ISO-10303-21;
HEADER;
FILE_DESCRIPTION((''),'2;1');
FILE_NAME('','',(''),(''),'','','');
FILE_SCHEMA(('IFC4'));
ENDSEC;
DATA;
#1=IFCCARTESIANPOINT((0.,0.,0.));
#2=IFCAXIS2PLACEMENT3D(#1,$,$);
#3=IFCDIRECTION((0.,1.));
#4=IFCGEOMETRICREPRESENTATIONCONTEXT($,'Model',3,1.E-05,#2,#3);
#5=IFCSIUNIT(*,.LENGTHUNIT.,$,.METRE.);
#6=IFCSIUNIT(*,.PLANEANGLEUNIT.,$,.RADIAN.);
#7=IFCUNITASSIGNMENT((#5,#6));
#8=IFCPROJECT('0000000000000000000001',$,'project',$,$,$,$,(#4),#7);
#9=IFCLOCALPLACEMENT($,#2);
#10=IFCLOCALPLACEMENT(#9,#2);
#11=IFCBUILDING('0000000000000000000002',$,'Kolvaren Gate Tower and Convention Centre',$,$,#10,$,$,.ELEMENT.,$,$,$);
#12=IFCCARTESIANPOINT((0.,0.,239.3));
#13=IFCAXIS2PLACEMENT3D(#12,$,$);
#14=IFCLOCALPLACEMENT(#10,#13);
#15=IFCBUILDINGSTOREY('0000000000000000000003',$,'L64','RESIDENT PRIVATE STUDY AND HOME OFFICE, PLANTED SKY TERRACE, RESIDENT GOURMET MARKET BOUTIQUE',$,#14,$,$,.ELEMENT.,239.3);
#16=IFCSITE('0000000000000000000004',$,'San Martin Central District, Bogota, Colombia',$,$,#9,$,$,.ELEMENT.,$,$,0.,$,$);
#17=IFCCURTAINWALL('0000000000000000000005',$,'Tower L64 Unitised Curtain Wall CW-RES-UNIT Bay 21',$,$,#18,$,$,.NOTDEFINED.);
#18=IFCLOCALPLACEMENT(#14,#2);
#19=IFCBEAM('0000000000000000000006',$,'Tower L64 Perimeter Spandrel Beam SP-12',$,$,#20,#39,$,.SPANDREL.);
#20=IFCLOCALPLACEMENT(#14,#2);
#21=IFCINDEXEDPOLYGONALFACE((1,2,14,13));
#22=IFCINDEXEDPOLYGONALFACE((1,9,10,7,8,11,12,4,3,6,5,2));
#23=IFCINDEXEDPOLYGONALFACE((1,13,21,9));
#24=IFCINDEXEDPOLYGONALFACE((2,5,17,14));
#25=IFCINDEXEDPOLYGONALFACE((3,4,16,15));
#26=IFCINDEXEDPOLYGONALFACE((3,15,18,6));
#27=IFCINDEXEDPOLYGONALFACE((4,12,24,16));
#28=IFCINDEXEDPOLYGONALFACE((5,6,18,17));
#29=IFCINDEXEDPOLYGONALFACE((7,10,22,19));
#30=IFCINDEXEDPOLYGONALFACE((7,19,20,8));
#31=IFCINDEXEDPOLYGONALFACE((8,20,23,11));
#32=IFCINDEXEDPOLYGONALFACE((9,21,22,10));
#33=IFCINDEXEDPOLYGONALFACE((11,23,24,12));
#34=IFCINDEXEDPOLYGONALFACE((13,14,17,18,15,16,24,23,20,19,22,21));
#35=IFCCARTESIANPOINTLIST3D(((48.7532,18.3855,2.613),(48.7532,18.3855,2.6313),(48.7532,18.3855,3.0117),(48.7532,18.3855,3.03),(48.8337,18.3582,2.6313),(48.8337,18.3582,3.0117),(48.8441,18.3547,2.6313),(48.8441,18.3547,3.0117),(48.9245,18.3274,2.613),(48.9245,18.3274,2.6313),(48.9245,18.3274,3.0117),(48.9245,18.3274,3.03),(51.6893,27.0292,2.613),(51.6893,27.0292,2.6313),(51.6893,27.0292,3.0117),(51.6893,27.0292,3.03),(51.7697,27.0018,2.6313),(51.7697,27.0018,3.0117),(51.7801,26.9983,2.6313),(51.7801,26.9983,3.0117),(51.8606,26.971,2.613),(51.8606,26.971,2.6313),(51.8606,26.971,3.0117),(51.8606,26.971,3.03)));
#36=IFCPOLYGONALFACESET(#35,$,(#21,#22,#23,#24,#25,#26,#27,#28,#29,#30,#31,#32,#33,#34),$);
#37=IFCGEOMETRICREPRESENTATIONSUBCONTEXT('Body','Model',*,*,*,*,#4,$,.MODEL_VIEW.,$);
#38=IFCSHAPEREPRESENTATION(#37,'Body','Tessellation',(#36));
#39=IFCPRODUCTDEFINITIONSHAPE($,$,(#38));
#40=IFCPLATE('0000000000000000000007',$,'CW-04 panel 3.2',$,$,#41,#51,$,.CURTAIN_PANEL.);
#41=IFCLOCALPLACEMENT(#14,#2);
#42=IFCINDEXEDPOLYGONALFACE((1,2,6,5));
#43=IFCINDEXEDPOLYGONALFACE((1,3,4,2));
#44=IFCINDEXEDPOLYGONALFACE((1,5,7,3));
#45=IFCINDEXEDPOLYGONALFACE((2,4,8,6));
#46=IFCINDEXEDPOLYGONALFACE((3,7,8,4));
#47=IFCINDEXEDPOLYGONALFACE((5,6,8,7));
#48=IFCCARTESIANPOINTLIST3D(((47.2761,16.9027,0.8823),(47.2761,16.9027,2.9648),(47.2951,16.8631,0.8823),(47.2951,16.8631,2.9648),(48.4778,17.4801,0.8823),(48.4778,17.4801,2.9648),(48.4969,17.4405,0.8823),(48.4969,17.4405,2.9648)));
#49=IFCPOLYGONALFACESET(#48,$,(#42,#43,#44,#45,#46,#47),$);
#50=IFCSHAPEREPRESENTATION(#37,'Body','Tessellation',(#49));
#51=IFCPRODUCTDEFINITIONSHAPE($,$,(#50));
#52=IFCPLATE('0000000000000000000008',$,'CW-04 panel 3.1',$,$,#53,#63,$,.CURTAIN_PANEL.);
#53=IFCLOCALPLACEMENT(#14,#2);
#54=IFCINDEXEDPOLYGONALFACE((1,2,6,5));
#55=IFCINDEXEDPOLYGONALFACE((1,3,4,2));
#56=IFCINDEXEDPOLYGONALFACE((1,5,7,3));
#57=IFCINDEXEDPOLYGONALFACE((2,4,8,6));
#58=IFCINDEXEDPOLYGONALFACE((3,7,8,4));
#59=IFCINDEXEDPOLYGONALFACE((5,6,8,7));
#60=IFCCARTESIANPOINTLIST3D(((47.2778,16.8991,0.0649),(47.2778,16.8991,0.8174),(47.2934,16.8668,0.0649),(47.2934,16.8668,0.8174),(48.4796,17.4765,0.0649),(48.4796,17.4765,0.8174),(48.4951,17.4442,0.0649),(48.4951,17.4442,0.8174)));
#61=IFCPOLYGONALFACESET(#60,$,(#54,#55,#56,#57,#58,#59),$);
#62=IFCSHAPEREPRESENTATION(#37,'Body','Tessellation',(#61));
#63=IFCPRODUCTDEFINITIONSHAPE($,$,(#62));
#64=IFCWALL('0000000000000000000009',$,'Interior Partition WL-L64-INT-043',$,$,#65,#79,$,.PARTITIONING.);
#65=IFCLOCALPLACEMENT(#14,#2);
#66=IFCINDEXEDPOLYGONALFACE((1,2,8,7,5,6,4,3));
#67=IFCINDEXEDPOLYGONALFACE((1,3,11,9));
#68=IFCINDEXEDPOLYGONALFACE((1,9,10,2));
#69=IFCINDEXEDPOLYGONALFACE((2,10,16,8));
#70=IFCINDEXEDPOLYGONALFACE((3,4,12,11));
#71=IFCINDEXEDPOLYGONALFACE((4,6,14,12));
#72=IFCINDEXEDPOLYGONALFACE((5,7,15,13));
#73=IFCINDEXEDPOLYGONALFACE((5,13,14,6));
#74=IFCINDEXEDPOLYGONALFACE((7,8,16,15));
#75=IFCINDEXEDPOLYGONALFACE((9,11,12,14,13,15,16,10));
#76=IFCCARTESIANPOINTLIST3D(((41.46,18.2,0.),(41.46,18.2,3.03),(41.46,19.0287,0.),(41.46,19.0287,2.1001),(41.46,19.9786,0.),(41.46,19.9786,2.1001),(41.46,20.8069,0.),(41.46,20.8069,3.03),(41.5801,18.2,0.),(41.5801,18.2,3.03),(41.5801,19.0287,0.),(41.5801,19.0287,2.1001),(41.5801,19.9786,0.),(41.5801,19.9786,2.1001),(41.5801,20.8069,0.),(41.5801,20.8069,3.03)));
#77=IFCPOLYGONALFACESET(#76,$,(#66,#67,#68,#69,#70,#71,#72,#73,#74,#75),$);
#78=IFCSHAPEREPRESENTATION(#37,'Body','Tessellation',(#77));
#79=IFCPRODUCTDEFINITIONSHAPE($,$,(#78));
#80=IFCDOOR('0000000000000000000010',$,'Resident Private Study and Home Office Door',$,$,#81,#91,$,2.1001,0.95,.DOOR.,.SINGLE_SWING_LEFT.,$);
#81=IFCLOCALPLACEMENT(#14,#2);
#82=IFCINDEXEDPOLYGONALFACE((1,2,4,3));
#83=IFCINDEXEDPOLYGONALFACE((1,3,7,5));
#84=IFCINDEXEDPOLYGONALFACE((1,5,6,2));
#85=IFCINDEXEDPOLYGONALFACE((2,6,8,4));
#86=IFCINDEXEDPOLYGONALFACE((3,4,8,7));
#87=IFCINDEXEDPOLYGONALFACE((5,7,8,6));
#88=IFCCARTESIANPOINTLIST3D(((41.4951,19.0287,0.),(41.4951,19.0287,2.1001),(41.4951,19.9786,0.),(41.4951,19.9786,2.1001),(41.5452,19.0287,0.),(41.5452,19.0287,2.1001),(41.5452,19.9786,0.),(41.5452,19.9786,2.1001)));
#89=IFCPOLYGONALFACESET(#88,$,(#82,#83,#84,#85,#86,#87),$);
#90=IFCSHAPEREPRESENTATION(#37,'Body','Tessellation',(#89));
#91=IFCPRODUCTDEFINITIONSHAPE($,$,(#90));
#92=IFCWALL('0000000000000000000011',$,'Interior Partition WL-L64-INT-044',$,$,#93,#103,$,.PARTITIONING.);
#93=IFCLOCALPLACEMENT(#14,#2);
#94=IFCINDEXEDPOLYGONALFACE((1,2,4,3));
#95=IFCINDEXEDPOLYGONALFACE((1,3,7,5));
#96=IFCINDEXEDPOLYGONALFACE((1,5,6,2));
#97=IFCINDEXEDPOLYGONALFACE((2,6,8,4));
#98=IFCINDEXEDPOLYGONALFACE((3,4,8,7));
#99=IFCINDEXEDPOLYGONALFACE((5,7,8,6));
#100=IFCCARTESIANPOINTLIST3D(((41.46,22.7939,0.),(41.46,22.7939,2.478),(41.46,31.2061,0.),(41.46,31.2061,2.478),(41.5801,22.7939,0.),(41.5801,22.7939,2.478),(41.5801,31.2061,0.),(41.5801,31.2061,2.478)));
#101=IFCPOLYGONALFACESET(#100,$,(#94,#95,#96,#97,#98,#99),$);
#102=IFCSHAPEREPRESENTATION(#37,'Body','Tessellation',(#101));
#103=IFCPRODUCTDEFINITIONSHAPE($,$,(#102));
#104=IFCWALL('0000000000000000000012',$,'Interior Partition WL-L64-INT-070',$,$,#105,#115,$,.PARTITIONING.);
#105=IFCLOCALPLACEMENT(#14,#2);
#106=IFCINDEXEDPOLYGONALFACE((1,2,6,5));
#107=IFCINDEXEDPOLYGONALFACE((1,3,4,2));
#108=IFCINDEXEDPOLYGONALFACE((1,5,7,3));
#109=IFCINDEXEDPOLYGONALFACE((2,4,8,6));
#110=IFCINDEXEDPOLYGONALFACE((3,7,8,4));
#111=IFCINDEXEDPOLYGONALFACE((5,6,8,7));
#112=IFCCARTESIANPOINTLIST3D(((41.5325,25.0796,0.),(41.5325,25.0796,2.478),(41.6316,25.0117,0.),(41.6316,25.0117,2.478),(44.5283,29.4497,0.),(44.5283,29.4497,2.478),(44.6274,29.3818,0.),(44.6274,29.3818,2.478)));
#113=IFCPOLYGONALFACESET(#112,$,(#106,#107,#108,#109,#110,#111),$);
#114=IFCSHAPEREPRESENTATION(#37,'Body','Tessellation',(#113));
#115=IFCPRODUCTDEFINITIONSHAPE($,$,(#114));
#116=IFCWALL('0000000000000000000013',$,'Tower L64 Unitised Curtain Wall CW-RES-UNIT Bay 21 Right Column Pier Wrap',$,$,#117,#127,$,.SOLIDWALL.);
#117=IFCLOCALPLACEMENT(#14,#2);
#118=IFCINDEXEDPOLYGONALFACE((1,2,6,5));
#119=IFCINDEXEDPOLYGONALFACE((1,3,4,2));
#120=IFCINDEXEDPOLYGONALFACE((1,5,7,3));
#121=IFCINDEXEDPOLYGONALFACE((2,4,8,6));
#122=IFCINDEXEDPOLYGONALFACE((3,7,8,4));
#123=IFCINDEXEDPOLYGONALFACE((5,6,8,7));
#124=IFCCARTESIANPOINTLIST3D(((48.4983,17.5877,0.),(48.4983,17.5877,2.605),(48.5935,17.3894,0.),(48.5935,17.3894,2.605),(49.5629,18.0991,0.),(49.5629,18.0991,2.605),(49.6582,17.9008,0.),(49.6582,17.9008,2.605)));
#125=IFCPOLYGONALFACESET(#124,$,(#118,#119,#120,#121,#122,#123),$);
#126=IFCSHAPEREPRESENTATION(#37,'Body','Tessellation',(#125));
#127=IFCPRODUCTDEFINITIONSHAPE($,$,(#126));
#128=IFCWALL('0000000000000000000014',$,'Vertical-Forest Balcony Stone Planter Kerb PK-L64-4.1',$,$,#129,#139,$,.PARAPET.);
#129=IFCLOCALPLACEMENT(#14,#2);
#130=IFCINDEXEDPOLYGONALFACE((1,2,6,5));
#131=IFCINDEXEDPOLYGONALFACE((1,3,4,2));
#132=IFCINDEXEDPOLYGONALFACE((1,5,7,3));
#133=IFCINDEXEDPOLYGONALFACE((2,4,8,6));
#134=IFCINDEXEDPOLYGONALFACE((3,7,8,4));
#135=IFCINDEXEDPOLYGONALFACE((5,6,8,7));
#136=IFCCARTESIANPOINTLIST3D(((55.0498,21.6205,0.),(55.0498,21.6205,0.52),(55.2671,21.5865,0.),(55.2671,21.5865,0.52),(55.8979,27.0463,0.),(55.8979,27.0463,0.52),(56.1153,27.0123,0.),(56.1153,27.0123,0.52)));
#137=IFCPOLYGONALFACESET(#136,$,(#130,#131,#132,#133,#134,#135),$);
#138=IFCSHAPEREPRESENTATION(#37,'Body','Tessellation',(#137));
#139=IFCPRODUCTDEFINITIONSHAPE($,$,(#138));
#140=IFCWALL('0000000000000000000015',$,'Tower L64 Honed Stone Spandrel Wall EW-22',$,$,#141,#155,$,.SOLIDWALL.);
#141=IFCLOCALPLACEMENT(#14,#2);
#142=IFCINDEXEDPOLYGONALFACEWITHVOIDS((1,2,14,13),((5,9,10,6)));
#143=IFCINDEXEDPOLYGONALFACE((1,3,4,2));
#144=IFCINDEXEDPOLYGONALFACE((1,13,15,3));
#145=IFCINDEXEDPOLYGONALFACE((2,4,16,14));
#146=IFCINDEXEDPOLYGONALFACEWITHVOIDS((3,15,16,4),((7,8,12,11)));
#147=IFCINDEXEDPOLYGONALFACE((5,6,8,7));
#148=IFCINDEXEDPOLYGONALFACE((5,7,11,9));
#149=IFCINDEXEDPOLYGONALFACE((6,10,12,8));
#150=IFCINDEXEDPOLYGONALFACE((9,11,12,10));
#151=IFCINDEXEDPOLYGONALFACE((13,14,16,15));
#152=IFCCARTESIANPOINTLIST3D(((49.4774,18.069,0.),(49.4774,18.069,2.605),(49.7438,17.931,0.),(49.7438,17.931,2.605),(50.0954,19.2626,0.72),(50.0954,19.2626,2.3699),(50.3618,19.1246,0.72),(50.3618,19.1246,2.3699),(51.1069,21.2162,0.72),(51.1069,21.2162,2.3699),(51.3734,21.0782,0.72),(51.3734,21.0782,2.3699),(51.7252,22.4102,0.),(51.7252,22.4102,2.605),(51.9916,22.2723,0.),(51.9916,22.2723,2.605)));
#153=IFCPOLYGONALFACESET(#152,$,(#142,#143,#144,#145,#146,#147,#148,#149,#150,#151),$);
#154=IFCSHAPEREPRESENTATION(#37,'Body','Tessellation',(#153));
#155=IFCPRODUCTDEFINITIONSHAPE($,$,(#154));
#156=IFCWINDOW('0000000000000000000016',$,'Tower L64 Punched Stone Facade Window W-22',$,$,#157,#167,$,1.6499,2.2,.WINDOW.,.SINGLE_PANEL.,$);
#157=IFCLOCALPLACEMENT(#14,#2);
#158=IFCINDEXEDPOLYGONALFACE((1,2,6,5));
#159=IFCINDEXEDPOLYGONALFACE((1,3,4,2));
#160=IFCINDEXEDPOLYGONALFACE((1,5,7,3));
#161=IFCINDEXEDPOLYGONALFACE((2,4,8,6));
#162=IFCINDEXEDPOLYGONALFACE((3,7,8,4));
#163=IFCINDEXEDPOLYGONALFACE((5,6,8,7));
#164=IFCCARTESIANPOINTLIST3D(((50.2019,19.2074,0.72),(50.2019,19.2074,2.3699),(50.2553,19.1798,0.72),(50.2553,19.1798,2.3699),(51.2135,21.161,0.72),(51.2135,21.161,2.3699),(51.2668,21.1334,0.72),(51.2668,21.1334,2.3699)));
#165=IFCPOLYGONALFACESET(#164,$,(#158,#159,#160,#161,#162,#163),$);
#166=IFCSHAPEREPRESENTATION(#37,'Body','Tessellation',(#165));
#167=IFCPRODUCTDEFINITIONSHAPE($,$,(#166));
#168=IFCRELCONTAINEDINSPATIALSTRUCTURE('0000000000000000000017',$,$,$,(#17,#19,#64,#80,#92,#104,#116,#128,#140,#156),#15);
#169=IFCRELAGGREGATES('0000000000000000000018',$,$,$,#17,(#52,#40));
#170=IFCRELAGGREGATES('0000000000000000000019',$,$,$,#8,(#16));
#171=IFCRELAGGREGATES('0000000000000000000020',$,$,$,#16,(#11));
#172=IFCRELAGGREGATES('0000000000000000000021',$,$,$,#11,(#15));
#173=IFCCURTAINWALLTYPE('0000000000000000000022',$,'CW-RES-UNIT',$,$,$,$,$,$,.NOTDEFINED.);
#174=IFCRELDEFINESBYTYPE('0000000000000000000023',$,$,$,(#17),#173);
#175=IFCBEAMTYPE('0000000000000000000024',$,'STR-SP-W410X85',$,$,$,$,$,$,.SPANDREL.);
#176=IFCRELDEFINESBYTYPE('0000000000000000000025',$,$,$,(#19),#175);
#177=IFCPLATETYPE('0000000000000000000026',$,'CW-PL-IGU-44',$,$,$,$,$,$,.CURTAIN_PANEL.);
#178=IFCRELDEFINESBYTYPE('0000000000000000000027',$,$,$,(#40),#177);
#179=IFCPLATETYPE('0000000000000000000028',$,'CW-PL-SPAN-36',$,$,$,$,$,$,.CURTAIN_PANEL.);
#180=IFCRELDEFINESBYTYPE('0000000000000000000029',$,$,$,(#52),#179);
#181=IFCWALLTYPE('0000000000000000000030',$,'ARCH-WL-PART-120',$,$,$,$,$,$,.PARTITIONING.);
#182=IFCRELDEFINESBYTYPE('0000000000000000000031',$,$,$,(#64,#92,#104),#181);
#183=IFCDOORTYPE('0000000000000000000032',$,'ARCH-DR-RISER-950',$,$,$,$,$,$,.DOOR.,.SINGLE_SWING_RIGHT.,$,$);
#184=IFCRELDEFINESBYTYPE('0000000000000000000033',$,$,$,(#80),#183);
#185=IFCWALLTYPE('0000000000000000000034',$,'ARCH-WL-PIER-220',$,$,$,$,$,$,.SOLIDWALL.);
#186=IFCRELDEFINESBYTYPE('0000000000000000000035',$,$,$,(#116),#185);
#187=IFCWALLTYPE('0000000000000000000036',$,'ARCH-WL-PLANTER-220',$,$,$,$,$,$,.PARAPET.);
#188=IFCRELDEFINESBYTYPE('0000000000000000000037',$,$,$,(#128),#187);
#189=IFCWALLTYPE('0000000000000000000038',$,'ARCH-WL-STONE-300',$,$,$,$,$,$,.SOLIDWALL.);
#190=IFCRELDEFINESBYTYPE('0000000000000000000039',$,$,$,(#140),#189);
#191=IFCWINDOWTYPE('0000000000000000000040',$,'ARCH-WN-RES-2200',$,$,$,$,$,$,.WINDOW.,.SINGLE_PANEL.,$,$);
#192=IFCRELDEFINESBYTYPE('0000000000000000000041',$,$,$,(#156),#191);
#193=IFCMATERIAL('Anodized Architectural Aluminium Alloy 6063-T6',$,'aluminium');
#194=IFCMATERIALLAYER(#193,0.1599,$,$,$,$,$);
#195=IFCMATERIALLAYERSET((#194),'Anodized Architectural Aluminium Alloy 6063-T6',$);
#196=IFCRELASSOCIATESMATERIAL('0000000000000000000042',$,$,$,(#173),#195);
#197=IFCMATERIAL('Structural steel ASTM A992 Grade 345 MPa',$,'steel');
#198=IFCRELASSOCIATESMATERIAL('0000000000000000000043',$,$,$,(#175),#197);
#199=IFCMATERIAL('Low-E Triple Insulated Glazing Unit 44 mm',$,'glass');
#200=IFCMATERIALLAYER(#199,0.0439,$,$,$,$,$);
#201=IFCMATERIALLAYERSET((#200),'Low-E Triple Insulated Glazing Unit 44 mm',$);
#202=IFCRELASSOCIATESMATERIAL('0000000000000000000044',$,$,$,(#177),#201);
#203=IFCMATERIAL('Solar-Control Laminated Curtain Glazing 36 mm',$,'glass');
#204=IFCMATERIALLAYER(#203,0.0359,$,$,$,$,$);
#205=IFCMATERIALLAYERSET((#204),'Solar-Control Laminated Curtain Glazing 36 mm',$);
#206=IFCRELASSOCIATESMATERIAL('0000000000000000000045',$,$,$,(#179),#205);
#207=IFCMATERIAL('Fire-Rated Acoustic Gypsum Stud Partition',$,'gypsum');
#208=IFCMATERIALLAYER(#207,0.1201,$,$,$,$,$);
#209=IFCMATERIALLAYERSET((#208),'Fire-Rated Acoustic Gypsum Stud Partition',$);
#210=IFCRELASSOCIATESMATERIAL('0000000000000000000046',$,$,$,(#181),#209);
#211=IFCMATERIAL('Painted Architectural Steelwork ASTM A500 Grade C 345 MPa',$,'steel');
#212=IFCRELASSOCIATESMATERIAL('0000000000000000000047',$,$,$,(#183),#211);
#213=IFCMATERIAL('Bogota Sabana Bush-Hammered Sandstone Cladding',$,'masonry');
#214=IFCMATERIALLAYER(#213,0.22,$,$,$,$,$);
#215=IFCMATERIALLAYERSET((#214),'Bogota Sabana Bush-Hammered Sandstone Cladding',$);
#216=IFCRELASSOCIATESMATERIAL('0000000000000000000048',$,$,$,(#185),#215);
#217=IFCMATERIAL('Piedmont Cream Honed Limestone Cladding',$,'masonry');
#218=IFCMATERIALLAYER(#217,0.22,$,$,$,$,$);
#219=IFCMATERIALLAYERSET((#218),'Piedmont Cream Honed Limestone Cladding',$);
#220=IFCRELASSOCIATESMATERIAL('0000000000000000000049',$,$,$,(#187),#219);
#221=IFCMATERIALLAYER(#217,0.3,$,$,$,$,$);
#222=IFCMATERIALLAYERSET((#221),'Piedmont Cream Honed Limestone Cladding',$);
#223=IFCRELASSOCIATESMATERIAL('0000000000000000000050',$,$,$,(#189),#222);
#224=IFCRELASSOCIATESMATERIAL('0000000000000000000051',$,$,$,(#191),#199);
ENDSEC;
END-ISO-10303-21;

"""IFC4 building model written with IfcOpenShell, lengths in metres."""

from ifc_helpers import new_model, si_unit, direction, frame, frame_2d, origin, origin_2d, place, context, subcontext, project, spatial, rectangle, i_section, extrude, material, layer, layer_set, material_profile, profile_set, type_object, element, fill, aggregate, save


model = new_model("IFC4")

# Units and contexts
model_context = context("Model", 3, precision=1e-05, world=origin(), true_north=direction((0.0, 1.0)))
body_context = subcontext(model_context, "Body", "Model", "MODEL_VIEW")
ifc_project = project(units=[si_unit("LENGTHUNIT", "METRE"), si_unit("PLANEANGLEUNIT", "RADIAN")], contexts=[model_context])

# Site, building, storey
site_placement = place(None, origin())
site = spatial("IfcSite", under=ifc_project, at=site_placement, Name="San Martin Central District, Bogota, Colombia", CompositionType="ELEMENT", RefElevation=0.0)
building_placement = place(site_placement, origin())
building = spatial("IfcBuilding", under=site, at=building_placement, Name="Kolvaren Gate Tower and Convention Centre", CompositionType="ELEMENT")
storey_placement = place(building_placement, frame((0.0, 0.0, 239.3)))
storey = spatial("IfcBuildingStorey", under=building, at=storey_placement, Name="L64", Description="RESIDENT PRIVATE STUDY AND HOME OFFICE, PLANTED SKY TERRACE, RESIDENT GOURMET MARKET BOUTIQUE", CompositionType="ELEMENT", Elevation=239.3)

# Curtain wall
ifc_material_1 = material(Name="Anodized Architectural Aluminium Alloy 6063-T6", Category="aluminium")
ifc_layer_1 = layer(ifc_material_1, 0.1599)
ifc_layer_set_1 = layer_set([ifc_layer_1], Name="Anodized Architectural Aluminium Alloy 6063-T6")
curtain_wall_type = type_object("IfcCurtainWallType", Name="CW-RES-UNIT", PredefinedType="NOTDEFINED", material=ifc_layer_set_1)
curtain_wall_placement = place(storey_placement, origin())
curtain_wall = element("IfcCurtainWall", 1, at=curtain_wall_placement, inside=storey, type_object=curtain_wall_type, Name="Tower L64 Unitised Curtain Wall CW-RES-UNIT Bay 21", PredefinedType="NOTDEFINED")

# Beam
ifc_material_2 = material(Name="Structural steel ASTM A992 Grade 345 MPa", Category="steel")
ifc_material_profile_1 = material_profile(ifc_material_2, i_section(OverallWidth=0.1809, OverallDepth=0.417, WebThickness=0.011, FlangeThickness=0.0183, at=origin_2d()), Name="W410X85")
ifc_profile_set_1 = profile_set([ifc_material_profile_1], Name="Structural steel ASTM A992 Grade 345 MPa")
beam_type_1 = type_object("IfcBeamType", Name="STR-SP-W410X85", PredefinedType="SPANDREL", material=ifc_profile_set_1)
beam_1_placement = place(storey_placement, frame((48.8389, 18.3564, 2.8215), z_axis=(0.32163, 0.946865, 0.0), x_axis=(-0.946865, 0.32163, 0.0)))
element("IfcBeam", 2, at=beam_1_placement, inside=storey, type_object=beam_type_1, Name="Tower L64 Perimeter Spandrel Beam SP-12", PredefinedType="SPANDREL", context=body_context, shape_type="SweptSolid", body=[
    extrude(i_section(OverallWidth=0.1809, OverallDepth=0.417, WebThickness=0.011, FlangeThickness=0.0183, at=origin_2d()), origin(), (0.0, 0.0, 1.0), 9.1287),
])

# Plates
ifc_material_3 = material(Name="Low-E Triple Insulated Glazing Unit 44 mm", Category="glass")
ifc_layer_2 = layer(ifc_material_3, 0.0439)
ifc_layer_set_2 = layer_set([ifc_layer_2], Name="Low-E Triple Insulated Glazing Unit 44 mm")
plate_type_1 = type_object("IfcPlateType", Name="CW-PL-IGU-44", PredefinedType="CURTAIN_PANEL", material=ifc_layer_set_2)
plate_1_placement = place(storey_placement, frame((47.8865, 17.1716, 0.8823), z_axis=(0.0, 0.0, 1.0), x_axis=(0.901353, 0.433086, 0.0)))
plate_1 = element("IfcPlate", 3, at=plate_1_placement, type_object=plate_type_1, Name="CW-04 panel 3.2", PredefinedType="CURTAIN_PANEL", context=body_context, shape_type="SweptSolid", body=[
    extrude(rectangle(XDim=1.3333, YDim=0.0439, at=origin_2d()), origin(), (0.0, 0.0, 1.0), 2.0825),
])
ifc_material_4 = material(Name="Solar-Control Laminated Curtain Glazing 36 mm", Category="glass")
ifc_layer_3 = layer(ifc_material_4, 0.0359)
ifc_layer_set_3 = layer_set([ifc_layer_3], Name="Solar-Control Laminated Curtain Glazing 36 mm")
plate_type_2 = type_object("IfcPlateType", Name="CW-PL-SPAN-36", PredefinedType="CURTAIN_PANEL", material=ifc_layer_set_3)
plate_2_placement = place(storey_placement, frame((47.8865, 17.1716, 0.0649), z_axis=(0.0, 0.0, 1.0), x_axis=(0.901353, 0.433086, 0.0)))
plate_2 = element("IfcPlate", 4, at=plate_2_placement, type_object=plate_type_2, Name="CW-04 panel 3.1", PredefinedType="CURTAIN_PANEL", context=body_context, shape_type="SweptSolid", body=[
    extrude(rectangle(XDim=1.3333, YDim=0.0359, at=origin_2d()), origin(), (0.0, 0.0, 1.0), 0.7524),
])
aggregate(curtain_wall, [plate_2, plate_1])

# Wall, opening, door
ifc_material_5 = material(Name="Fire-Rated Acoustic Gypsum Stud Partition", Category="gypsum")
ifc_layer_4 = layer(ifc_material_5, 0.1201)
ifc_layer_set_4 = layer_set([ifc_layer_4], Name="Fire-Rated Acoustic Gypsum Stud Partition")
wall_type_1 = type_object("IfcWallType", Name="ARCH-WL-PART-120", PredefinedType="PARTITIONING", material=ifc_layer_set_4)
wall_1_placement = place(storey_placement, frame((41.52, 18.2, 0.0), z_axis=(0.0, 0.0, 1.0), x_axis=(0.0, 1.0, 0.0)))
wall_1 = element("IfcWall", 5, at=wall_1_placement, inside=storey, type_object=wall_type_1, Name="Interior Partition WL-L64-INT-043", PredefinedType="PARTITIONING", context=body_context, shape_type="SweptSolid", body=[
    extrude(rectangle(XDim=2.6069, YDim=0.1201, at=frame_2d((1.3035, 0.0))), origin(), (0.0, 0.0, 1.0), 3.03),
])
opening_1_placement = place(wall_1_placement, frame((0.8286, 0.0, 0.0)))
opening_1 = element("IfcOpeningElement", 6, at=opening_1_placement, cuts=wall_1, PredefinedType="OPENING", context=body_context, shape_type="SweptSolid", body=[
    extrude(rectangle(XDim=0.95, YDim=2.1001, at=frame_2d((0.4751, 1.05))), frame((0.0, 0.0701, 0.0), z_axis=(0.0, -1.0, 0.0), x_axis=(1.0, 0.0, 0.0)), (0.0, 0.0, 1.0), 0.1401),
])
ifc_material_6 = material(Name="Painted Architectural Steelwork ASTM A500 Grade C 345 MPa", Category="steel")
door_type = type_object("IfcDoorType", Name="ARCH-DR-RISER-950", OperationType="SINGLE_SWING_RIGHT", PredefinedType="DOOR", material=ifc_material_6)
door_placement = place(opening_1_placement, origin())
door = element("IfcDoor", 7, at=door_placement, inside=storey, type_object=door_type, Name="Resident Private Study and Home Office Door", OperationType="SINGLE_SWING_LEFT", OverallHeight=2.1001, OverallWidth=0.95, PredefinedType="DOOR", context=body_context, shape_type="SweptSolid", body=[
    extrude(rectangle(XDim=0.95, YDim=2.1001, at=frame_2d((0.4751, 1.05))), frame((0.0, 0.0249, 0.0), z_axis=(0.0, -1.0, 0.0), x_axis=(1.0, 0.0, 0.0)), (0.0, 0.0, 1.0), 0.05),
])
fill(opening_1, door)

# Walls
wall_2_placement = place(storey_placement, frame((41.52, 22.7939, 0.0), z_axis=(0.0, 0.0, 1.0), x_axis=(0.0, 1.0, 0.0)))
element("IfcWall", 8, at=wall_2_placement, inside=storey, type_object=wall_type_1, Name="Interior Partition WL-L64-INT-044", PredefinedType="PARTITIONING", context=body_context, shape_type="SweptSolid", body=[
    extrude(rectangle(XDim=8.4121, YDim=0.1201, at=frame_2d((4.2061, 0.0))), origin(), (0.0, 0.0, 1.0), 2.478),
])
wall_3_placement = place(storey_placement, frame((41.582, 25.0457, 0.0), z_axis=(0.0, 0.0, 1.0), x_axis=(0.565425, 0.824799, 0.0)))
element("IfcWall", 9, at=wall_3_placement, inside=storey, type_object=wall_type_1, Name="Interior Partition WL-L64-INT-070", PredefinedType="PARTITIONING", context=body_context, shape_type="SweptSolid", body=[
    extrude(rectangle(XDim=5.2983, YDim=0.1201, at=frame_2d((2.6492, 0.0))), origin(), (0.0, 0.0, 1.0), 2.478),
])
ifc_material_7 = material(Name="Bogota Sabana Bush-Hammered Sandstone Cladding", Category="masonry")
ifc_layer_5 = layer(ifc_material_7, 0.22)
ifc_layer_set_5 = layer_set([ifc_layer_5], Name="Bogota Sabana Bush-Hammered Sandstone Cladding")
wall_type_2 = type_object("IfcWallType", Name="ARCH-WL-PIER-220", PredefinedType="SOLIDWALL", material=ifc_layer_set_5)
wall_4_placement = place(storey_placement, frame((48.5459, 17.4885, 0.0), z_axis=(0.0, 0.0, 1.0), x_axis=(0.901384, 0.43302, 0.0)))
element("IfcWall", 10, at=wall_4_placement, inside=storey, type_object=wall_type_2, Name="Tower L64 Unitised Curtain Wall CW-RES-UNIT Bay 21 Right Column Pier Wrap", PredefinedType="SOLIDWALL", context=body_context, shape_type="SweptSolid", body=[
    extrude(rectangle(XDim=1.1812, YDim=0.22, at=frame_2d((0.5906, 0.0))), origin(), (0.0, 0.0, 1.0), 2.605),
])
ifc_material_8 = material(Name="Piedmont Cream Honed Limestone Cladding", Category="masonry")
ifc_layer_6 = layer(ifc_material_8, 0.22)
ifc_layer_set_6 = layer_set([ifc_layer_6], Name="Piedmont Cream Honed Limestone Cladding")
wall_type_3 = type_object("IfcWallType", Name="ARCH-WL-PLANTER-220", PredefinedType="PARAPET", material=ifc_layer_set_6)
wall_5_placement = place(storey_placement, frame((55.1584, 21.6035, 0.0), z_axis=(0.0, 0.0, 1.0), x_axis=(0.154442, 0.988002, 0.0)))
element("IfcWall", 11, at=wall_5_placement, inside=storey, type_object=wall_type_3, Name="Vertical-Forest Balcony Stone Planter Kerb PK-L64-4.1", PredefinedType="PARAPET", context=body_context, shape_type="SweptSolid", body=[
    extrude(rectangle(XDim=5.4917, YDim=0.22, at=frame_2d((2.7458, 0.0))), origin(), (0.0, 0.0, 1.0), 0.52),
])

# Wall, opening, window
ifc_layer_7 = layer(ifc_material_8, 0.3)
ifc_layer_set_7 = layer_set([ifc_layer_7], Name="Piedmont Cream Honed Limestone Cladding")
wall_type_4 = type_object("IfcWallType", Name="ARCH-WL-STONE-300", PredefinedType="SOLIDWALL", material=ifc_layer_set_7)
wall_6_placement = place(storey_placement, frame((49.6106, 18.0, 0.0), z_axis=(0.0, 0.0, 1.0), x_axis=(0.459794, 0.888026, 0.0)))
wall_6 = element("IfcWall", 12, at=wall_6_placement, inside=storey, type_object=wall_type_4, Name="Tower L64 Honed Stone Spandrel Wall EW-22", PredefinedType="SOLIDWALL", context=body_context, shape_type="SweptSolid", body=[
    extrude(rectangle(XDim=4.8887, YDim=0.3, at=frame_2d((2.4443, 0.0))), origin(), (0.0, 0.0, 1.0), 2.605),
])
opening_2_placement = place(wall_6_placement, frame((1.344, 0.0, 0.72)))
opening_2 = element("IfcOpeningElement", 13, at=opening_2_placement, cuts=wall_6, PredefinedType="OPENING", context=body_context, shape_type="SweptSolid", body=[
    extrude(rectangle(XDim=2.2, YDim=1.6499, at=frame_2d((1.1001, 0.825))), frame((0.0, 0.1599, 0.0), z_axis=(0.0, -1.0, 0.0), x_axis=(1.0, 0.0, 0.0)), (0.0, 0.0, 1.0), 0.3201),
])
window_type_1 = type_object("IfcWindowType", Name="ARCH-WN-RES-2200", PartitioningType="SINGLE_PANEL", PredefinedType="WINDOW", material=ifc_material_3)
window_1_placement = place(opening_2_placement, origin())
window_1 = element("IfcWindow", 14, at=window_1_placement, inside=storey, type_object=window_type_1, Name="Tower L64 Punched Stone Facade Window W-22", OverallHeight=1.6499, OverallWidth=2.2, PartitioningType="SINGLE_PANEL", PredefinedType="WINDOW", context=body_context, shape_type="SweptSolid", body=[
    extrude(rectangle(XDim=2.2, YDim=1.6499, at=frame_2d((1.1001, 0.825))), frame((0.0, 0.03, 0.0), z_axis=(0.0, -1.0, 0.0), x_axis=(1.0, 0.0, 0.0)), (0.0, 0.0, 1.0), 0.0601),
])
fill(opening_2, window_1)

save(model, "model.ifc")
